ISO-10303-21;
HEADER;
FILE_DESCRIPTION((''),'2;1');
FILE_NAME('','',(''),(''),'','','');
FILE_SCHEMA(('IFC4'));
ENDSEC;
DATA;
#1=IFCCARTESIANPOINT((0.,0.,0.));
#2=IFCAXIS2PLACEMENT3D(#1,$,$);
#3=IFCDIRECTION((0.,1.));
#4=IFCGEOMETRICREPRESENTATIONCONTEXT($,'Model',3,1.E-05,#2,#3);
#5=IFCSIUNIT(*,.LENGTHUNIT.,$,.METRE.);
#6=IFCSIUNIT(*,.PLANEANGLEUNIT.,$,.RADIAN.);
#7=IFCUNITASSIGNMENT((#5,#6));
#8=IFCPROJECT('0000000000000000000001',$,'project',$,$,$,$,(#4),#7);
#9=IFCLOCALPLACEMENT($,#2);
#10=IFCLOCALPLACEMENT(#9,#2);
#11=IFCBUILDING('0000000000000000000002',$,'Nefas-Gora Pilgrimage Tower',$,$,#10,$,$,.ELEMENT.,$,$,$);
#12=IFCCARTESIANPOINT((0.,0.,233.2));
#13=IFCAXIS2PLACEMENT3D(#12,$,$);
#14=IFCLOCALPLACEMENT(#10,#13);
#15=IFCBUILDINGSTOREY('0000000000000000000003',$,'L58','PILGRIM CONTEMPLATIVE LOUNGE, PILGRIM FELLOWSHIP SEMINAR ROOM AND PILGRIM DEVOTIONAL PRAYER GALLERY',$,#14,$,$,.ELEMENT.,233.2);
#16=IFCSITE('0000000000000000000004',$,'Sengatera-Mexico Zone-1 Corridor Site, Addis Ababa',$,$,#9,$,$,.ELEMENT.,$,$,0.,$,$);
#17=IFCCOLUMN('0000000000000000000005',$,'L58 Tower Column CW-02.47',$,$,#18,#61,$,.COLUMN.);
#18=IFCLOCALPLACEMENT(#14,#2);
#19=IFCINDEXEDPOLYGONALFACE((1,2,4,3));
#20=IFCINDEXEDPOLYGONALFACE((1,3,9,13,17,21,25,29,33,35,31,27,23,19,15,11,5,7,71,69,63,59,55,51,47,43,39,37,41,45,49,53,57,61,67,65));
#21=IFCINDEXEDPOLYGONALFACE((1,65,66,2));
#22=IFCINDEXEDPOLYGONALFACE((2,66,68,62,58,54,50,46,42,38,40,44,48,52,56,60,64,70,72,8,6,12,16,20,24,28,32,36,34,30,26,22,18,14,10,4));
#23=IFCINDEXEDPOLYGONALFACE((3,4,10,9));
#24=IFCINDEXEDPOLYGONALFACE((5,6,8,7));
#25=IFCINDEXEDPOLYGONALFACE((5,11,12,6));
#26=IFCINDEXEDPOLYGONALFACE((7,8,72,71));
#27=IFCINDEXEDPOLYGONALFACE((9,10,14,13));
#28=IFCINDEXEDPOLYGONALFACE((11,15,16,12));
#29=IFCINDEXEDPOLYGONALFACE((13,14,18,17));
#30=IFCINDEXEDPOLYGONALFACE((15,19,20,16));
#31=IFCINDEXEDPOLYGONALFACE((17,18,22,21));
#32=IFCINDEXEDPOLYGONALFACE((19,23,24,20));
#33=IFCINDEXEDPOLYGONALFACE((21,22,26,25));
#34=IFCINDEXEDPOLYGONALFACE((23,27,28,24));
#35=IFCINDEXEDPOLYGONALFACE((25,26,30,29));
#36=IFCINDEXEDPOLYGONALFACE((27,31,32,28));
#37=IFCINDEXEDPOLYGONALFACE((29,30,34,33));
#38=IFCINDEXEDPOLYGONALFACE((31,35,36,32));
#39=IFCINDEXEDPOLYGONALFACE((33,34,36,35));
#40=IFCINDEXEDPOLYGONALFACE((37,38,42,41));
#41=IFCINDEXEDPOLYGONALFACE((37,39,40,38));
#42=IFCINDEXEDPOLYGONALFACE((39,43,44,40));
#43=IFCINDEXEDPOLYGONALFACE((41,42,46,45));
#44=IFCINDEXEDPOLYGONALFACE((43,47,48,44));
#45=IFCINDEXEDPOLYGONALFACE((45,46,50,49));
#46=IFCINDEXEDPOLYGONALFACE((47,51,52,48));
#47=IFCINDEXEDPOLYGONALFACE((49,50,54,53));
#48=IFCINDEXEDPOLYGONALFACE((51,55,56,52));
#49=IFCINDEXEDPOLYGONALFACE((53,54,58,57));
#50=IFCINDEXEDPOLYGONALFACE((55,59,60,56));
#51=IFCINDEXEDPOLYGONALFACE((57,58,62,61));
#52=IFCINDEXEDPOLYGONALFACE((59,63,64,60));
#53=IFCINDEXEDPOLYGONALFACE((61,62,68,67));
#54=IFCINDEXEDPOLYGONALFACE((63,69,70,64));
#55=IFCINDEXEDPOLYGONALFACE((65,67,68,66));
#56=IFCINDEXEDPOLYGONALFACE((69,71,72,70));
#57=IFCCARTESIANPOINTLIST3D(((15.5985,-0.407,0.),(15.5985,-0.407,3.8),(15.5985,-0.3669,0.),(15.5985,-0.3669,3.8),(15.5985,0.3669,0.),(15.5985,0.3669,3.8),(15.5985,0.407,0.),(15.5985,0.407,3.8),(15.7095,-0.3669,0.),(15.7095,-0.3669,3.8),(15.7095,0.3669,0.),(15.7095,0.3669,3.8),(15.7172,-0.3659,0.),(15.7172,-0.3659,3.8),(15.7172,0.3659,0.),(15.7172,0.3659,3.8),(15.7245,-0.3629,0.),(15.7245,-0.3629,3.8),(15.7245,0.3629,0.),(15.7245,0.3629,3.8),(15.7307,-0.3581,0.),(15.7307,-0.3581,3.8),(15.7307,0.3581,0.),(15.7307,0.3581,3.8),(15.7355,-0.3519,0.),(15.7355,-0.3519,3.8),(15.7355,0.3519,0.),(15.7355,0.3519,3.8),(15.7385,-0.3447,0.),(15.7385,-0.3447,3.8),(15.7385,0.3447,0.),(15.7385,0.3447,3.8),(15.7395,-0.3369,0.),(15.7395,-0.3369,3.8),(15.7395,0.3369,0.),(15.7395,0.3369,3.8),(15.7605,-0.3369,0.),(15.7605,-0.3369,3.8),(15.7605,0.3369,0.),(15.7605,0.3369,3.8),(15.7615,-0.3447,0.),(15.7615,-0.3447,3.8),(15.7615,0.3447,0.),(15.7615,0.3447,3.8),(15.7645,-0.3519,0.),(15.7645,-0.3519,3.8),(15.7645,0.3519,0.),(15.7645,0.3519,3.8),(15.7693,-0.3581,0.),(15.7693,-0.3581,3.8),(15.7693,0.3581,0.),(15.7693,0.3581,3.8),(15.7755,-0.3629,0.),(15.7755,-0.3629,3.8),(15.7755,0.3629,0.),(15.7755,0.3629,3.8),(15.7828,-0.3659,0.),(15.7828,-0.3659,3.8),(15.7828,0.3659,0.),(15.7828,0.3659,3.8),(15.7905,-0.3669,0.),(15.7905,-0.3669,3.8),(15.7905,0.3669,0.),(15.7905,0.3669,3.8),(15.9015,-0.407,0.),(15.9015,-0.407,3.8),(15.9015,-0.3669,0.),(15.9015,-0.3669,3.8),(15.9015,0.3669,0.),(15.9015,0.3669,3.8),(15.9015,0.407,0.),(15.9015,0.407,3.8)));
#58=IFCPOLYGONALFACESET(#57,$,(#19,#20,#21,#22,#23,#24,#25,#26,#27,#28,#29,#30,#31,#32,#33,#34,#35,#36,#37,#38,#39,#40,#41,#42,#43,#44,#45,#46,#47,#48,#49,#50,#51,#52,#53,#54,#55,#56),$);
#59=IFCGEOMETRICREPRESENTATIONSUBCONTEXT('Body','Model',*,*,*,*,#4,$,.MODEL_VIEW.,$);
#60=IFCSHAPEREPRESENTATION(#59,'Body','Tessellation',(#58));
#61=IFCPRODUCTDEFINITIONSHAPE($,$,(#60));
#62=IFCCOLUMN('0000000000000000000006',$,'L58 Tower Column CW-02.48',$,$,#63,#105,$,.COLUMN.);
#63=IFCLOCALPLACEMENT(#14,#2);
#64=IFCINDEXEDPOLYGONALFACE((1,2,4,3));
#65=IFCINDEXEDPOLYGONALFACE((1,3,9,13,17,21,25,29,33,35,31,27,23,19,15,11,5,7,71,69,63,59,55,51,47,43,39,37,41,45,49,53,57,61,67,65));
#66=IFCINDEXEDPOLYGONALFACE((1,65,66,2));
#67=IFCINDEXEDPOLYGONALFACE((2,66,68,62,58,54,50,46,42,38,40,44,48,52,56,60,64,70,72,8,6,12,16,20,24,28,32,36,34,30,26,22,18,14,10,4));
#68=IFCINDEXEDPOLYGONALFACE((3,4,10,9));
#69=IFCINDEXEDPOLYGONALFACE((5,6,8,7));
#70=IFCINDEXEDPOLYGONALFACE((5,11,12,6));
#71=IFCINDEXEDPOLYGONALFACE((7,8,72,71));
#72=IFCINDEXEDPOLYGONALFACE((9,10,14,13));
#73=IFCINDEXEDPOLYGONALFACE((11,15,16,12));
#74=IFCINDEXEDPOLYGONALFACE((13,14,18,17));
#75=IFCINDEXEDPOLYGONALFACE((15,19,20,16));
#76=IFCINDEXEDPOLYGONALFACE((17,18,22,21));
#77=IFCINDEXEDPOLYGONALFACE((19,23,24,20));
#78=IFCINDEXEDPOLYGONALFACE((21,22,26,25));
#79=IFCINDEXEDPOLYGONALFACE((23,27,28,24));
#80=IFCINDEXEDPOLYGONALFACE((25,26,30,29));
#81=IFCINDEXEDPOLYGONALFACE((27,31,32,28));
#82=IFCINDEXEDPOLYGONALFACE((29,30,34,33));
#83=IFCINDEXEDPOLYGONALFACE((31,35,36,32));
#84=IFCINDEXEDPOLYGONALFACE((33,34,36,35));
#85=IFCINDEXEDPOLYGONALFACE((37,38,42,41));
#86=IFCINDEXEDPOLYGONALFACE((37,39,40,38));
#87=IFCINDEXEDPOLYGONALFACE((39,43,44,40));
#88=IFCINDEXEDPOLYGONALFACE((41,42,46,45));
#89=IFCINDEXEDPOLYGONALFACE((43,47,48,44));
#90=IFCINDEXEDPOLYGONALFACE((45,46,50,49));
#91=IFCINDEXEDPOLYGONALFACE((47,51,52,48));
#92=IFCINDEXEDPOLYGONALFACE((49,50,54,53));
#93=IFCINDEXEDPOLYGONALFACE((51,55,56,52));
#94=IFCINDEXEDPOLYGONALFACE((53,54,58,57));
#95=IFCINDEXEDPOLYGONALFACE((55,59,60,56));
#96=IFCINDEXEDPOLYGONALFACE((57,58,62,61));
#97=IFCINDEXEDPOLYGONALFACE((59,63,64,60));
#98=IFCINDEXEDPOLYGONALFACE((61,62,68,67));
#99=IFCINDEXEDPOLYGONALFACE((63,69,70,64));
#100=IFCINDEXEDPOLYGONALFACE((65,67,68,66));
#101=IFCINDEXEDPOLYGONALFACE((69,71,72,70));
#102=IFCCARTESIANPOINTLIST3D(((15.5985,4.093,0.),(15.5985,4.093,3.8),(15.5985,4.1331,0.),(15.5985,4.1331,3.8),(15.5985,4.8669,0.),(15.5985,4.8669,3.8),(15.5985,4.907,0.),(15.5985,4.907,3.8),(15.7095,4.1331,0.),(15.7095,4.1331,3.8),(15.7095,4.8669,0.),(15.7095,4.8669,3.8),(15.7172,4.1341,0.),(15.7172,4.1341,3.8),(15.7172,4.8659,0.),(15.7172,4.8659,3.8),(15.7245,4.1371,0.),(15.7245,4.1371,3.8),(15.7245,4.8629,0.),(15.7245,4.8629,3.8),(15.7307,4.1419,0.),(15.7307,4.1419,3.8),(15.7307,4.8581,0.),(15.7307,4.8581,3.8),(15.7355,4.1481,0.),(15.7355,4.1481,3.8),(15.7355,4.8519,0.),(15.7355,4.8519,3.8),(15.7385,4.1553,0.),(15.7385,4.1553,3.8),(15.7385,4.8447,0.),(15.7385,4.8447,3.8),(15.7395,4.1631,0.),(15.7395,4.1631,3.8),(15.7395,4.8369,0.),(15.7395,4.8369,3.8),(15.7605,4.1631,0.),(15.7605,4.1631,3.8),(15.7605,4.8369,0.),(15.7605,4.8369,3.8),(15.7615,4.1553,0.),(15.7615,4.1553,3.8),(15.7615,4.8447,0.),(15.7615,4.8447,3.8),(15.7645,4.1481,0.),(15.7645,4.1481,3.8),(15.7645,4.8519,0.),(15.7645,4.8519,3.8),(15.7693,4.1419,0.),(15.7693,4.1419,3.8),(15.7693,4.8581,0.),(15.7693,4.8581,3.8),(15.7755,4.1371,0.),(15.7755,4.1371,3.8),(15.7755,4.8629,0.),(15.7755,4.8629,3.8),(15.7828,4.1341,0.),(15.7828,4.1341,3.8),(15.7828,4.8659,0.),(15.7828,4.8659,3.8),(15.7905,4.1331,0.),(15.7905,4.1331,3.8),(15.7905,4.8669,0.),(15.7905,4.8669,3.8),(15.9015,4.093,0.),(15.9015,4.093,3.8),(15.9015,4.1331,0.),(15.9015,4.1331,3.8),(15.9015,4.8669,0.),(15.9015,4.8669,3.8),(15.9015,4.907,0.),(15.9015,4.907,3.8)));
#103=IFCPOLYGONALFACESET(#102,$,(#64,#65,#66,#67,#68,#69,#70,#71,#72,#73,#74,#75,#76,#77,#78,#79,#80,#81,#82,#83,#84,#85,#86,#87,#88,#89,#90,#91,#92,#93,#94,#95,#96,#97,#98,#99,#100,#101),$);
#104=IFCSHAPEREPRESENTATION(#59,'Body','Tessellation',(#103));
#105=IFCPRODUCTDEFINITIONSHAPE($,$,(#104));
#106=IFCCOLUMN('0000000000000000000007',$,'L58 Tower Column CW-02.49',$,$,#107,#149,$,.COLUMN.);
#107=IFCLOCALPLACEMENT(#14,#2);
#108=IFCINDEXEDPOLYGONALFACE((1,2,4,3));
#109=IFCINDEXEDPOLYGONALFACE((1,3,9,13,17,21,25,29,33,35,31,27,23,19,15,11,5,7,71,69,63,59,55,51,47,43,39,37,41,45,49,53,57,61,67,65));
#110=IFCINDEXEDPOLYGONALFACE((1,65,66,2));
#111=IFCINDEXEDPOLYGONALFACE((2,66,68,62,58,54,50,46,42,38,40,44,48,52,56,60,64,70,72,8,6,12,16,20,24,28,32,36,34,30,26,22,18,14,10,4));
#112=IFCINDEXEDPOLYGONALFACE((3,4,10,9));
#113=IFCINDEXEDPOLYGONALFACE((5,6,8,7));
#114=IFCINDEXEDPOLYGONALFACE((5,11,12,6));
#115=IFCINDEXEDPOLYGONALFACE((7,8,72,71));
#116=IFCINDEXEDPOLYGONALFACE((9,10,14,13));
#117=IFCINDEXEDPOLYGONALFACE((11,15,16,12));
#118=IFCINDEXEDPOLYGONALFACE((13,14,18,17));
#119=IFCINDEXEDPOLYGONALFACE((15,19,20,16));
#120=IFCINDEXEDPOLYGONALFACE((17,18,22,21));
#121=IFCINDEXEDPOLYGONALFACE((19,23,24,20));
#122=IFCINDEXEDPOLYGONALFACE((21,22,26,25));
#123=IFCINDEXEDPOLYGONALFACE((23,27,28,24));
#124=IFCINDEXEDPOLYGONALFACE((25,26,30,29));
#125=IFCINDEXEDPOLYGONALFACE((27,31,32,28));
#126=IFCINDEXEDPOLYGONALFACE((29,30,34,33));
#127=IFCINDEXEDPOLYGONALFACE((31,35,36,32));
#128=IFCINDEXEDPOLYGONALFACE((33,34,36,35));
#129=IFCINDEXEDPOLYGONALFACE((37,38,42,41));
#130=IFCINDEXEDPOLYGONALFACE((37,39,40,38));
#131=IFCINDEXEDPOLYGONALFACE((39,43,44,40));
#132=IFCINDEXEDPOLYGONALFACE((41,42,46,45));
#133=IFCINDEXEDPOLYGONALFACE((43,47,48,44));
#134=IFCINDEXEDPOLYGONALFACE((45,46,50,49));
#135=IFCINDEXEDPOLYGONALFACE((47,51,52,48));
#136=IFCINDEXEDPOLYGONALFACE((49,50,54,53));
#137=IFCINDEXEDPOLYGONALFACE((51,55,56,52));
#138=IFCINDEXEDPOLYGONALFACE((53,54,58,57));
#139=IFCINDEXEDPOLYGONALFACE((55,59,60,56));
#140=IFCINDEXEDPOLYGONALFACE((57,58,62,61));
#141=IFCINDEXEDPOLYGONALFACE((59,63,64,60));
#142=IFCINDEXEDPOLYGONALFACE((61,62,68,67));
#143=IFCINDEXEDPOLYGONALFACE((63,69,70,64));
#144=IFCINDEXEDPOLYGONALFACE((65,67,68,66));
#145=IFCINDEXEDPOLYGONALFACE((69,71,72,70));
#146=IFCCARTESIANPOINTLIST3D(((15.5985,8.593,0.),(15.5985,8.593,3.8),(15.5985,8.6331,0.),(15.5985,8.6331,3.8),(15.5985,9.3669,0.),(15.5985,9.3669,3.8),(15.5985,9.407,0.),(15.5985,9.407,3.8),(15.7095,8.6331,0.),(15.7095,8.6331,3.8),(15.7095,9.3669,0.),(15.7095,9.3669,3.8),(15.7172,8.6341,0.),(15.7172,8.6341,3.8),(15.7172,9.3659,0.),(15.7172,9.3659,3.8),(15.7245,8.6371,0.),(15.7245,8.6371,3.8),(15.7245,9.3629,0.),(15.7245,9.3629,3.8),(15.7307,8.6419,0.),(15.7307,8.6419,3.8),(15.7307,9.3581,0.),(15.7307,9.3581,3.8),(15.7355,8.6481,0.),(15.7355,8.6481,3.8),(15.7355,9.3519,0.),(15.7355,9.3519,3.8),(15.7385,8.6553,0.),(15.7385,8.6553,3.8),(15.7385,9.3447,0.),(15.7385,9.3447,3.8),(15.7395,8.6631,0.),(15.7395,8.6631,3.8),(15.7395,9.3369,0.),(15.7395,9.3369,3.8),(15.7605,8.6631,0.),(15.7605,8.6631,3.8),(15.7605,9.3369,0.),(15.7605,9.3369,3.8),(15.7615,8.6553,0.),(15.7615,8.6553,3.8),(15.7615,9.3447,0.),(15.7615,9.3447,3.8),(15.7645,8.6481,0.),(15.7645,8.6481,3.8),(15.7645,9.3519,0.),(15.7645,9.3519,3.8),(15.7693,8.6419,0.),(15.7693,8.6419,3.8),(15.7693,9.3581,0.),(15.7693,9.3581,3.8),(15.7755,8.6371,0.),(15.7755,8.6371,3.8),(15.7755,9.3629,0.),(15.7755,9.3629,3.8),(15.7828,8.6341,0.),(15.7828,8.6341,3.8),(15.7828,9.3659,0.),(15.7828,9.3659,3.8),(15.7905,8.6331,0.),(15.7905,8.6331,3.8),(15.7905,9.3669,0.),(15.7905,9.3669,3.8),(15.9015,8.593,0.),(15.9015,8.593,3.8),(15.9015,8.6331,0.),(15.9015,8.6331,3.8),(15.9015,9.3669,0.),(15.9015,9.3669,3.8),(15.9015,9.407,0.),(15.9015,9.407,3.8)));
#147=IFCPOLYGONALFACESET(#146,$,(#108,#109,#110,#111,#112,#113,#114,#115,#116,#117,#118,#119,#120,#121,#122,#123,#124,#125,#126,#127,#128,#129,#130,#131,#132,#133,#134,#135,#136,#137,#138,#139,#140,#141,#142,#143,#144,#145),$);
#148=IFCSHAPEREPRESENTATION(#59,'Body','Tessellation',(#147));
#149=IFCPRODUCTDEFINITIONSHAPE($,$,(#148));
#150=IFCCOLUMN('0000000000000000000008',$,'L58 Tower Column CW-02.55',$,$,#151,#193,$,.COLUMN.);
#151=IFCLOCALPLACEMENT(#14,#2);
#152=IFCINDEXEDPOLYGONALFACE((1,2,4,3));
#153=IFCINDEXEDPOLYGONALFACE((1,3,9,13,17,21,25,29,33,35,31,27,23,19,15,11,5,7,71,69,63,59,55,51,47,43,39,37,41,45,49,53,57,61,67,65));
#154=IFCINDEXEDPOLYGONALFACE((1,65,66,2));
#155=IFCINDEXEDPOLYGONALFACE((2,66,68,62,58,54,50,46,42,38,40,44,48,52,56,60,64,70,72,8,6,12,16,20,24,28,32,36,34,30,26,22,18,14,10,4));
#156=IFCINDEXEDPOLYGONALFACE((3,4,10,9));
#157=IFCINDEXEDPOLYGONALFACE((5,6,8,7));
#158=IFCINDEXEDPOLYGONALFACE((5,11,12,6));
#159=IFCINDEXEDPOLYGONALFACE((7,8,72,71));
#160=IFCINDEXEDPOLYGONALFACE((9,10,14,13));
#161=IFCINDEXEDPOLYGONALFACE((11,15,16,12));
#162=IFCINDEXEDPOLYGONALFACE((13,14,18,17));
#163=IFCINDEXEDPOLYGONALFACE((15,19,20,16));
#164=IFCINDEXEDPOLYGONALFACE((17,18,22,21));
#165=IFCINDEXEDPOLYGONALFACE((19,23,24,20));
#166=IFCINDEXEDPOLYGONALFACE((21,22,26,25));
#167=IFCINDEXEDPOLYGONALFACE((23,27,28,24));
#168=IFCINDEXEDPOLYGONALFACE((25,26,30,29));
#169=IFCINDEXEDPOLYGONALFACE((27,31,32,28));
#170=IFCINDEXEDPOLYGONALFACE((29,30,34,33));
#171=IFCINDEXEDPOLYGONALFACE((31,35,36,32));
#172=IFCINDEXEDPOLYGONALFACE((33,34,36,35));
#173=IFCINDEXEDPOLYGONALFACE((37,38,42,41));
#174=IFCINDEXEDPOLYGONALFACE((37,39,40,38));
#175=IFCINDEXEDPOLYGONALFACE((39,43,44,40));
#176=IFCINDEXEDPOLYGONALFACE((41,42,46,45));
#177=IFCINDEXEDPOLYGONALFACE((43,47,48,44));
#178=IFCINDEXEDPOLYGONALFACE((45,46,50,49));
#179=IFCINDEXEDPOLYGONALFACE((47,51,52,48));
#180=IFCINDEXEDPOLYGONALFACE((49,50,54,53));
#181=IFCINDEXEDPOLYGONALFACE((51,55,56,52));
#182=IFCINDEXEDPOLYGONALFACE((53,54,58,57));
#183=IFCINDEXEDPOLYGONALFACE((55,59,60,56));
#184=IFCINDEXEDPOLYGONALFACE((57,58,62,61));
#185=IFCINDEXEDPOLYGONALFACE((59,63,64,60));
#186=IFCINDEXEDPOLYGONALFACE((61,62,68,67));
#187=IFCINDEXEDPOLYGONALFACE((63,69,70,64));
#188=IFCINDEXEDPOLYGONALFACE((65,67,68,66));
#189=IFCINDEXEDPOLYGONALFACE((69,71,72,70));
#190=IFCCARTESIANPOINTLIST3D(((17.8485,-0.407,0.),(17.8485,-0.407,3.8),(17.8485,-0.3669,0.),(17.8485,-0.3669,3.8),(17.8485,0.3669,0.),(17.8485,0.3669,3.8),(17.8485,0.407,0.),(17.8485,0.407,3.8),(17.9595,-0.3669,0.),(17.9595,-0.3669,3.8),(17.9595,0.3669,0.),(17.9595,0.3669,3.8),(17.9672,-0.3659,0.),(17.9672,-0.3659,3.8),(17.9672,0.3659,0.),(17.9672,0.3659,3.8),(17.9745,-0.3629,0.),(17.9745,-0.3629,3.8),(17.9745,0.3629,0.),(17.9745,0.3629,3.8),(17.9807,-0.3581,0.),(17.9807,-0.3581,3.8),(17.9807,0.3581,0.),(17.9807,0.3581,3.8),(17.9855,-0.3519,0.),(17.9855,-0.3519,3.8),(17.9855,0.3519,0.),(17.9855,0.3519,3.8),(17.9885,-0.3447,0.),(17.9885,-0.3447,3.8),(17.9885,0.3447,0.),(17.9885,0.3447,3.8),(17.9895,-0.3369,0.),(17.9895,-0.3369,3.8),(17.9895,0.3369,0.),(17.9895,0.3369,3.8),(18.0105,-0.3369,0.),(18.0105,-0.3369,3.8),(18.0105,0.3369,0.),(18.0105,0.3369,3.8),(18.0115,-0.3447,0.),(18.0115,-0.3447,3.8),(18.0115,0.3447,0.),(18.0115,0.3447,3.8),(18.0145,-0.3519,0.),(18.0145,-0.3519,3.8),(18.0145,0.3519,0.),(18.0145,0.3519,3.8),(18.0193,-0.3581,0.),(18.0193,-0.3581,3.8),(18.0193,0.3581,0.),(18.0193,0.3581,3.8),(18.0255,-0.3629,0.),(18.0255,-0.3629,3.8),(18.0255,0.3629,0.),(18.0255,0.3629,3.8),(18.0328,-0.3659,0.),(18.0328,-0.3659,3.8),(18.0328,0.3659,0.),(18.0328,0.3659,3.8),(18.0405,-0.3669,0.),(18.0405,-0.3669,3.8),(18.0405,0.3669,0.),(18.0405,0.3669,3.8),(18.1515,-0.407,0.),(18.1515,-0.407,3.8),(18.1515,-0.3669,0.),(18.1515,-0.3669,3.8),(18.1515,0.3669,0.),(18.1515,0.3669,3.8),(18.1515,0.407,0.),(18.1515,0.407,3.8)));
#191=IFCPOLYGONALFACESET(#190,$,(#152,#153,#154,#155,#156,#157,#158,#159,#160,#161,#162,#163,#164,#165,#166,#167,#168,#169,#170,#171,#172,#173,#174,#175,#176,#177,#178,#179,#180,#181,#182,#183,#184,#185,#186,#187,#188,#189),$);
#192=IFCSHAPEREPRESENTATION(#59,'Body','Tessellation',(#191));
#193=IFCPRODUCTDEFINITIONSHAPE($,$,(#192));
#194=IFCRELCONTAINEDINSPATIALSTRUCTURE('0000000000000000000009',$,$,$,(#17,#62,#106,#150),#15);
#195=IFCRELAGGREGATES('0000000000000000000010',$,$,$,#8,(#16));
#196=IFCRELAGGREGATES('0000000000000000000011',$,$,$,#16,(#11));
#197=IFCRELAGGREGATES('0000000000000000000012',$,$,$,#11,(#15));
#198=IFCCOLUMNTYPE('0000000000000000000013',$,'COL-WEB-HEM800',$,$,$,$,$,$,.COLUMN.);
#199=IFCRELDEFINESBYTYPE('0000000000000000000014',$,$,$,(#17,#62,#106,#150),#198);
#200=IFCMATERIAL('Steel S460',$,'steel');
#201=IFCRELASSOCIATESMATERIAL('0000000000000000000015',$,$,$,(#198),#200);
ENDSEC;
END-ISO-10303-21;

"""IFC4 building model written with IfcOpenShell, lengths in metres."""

from ifc_helpers import new_model, si_unit, direction, frame, origin, origin_2d, place, context, subcontext, project, spatial, i_section, extrude, source, transform, mapped, material, material_profile, profile_set, type_object, element, save


model = new_model("IFC4")

# Units and contexts
model_context = context("Model", 3, precision=1e-05, world=origin(), true_north=direction((0.0, 1.0)))
body_context = subcontext(model_context, "Body", "Model", "MODEL_VIEW")
ifc_project = project(units=[si_unit("LENGTHUNIT", "METRE"), si_unit("PLANEANGLEUNIT", "RADIAN")], contexts=[model_context])

# Site, building, storey
site_placement = place(None, origin())
site = spatial("IfcSite", under=ifc_project, at=site_placement, Name="Sengatera-Mexico Zone-1 Corridor Site, Addis Ababa", CompositionType="ELEMENT", RefElevation=0.0)
building_placement = place(site_placement, origin())
building = spatial("IfcBuilding", under=site, at=building_placement, Name="Nefas-Gora Pilgrimage Tower", CompositionType="ELEMENT")
storey_placement = place(building_placement, frame((0.0, 0.0, 233.2)))
storey = spatial("IfcBuildingStorey", under=building, at=storey_placement, Name="L58", Description="PILGRIM CONTEMPLATIVE LOUNGE, PILGRIM FELLOWSHIP SEMINAR ROOM AND PILGRIM DEVOTIONAL PRAYER GALLERY", CompositionType="ELEMENT", Elevation=233.2)

# Columns
ifc_material_1 = material(Name="Steel S460", Category="steel")
ifc_material_profile_1 = material_profile(ifc_material_1, i_section(OverallWidth=0.303, OverallDepth=0.814, WebThickness=0.021, FlangeThickness=0.04, FilletRadius=0.03, at=origin_2d()), Name="HEM 800")
ifc_profile_set_1 = profile_set([ifc_material_profile_1], Name="Steel S460")
column_type_1 = type_object("IfcColumnType", Name="COL-WEB-HEM800", PredefinedType="COLUMN", material=ifc_profile_set_1)
shared_shape_1 = source(origin(), body_context, "Body", "SweptSolid", [
    extrude(i_section(OverallWidth=0.303, OverallDepth=0.814, WebThickness=0.021, FlangeThickness=0.04, FilletRadius=0.03, at=origin_2d()), origin(), (0.0, 0.0, 1.0), 3.8),
])
for number, where, z_axis, x_axis, name in (
    (1, (15.75, 0.0, 0.0), (0.0, 0.0, 1.0), (1.0, 0.0, 0.0), "L58 Tower Column CW-02.47"),
    (2, (15.75, 4.5, 0.0), (0.0, 0.0, 1.0), (1.0, 0.0, 0.0), "L58 Tower Column CW-02.48"),
    (3, (15.75, 9.0, 0.0), (0.0, 0.0, 1.0), (1.0, 0.0, 0.0), "L58 Tower Column CW-02.49"),
    (4, (18.0, 0.0, 0.0), (0.0, 0.0, 1.0), (1.0, 0.0, 0.0), "L58 Tower Column CW-02.55"),
):
    element("IfcColumn", number, at=place(storey_placement, frame(where, z_axis=z_axis, x_axis=x_axis)), inside=storey, type_object=column_type_1, Name=name, PredefinedType="COLUMN", context=body_context, shape_type="MappedRepresentation", body=[
        mapped(shared_shape_1, transform((0.0, 0.0, 0.0), x_axis=(1.0, 0.0, 0.0), y_axis=(0.0, 1.0, 0.0), z_axis=(0.0, 0.0, 1.0), scale=1.0)),
    ])

save(model, "model.ifc")
